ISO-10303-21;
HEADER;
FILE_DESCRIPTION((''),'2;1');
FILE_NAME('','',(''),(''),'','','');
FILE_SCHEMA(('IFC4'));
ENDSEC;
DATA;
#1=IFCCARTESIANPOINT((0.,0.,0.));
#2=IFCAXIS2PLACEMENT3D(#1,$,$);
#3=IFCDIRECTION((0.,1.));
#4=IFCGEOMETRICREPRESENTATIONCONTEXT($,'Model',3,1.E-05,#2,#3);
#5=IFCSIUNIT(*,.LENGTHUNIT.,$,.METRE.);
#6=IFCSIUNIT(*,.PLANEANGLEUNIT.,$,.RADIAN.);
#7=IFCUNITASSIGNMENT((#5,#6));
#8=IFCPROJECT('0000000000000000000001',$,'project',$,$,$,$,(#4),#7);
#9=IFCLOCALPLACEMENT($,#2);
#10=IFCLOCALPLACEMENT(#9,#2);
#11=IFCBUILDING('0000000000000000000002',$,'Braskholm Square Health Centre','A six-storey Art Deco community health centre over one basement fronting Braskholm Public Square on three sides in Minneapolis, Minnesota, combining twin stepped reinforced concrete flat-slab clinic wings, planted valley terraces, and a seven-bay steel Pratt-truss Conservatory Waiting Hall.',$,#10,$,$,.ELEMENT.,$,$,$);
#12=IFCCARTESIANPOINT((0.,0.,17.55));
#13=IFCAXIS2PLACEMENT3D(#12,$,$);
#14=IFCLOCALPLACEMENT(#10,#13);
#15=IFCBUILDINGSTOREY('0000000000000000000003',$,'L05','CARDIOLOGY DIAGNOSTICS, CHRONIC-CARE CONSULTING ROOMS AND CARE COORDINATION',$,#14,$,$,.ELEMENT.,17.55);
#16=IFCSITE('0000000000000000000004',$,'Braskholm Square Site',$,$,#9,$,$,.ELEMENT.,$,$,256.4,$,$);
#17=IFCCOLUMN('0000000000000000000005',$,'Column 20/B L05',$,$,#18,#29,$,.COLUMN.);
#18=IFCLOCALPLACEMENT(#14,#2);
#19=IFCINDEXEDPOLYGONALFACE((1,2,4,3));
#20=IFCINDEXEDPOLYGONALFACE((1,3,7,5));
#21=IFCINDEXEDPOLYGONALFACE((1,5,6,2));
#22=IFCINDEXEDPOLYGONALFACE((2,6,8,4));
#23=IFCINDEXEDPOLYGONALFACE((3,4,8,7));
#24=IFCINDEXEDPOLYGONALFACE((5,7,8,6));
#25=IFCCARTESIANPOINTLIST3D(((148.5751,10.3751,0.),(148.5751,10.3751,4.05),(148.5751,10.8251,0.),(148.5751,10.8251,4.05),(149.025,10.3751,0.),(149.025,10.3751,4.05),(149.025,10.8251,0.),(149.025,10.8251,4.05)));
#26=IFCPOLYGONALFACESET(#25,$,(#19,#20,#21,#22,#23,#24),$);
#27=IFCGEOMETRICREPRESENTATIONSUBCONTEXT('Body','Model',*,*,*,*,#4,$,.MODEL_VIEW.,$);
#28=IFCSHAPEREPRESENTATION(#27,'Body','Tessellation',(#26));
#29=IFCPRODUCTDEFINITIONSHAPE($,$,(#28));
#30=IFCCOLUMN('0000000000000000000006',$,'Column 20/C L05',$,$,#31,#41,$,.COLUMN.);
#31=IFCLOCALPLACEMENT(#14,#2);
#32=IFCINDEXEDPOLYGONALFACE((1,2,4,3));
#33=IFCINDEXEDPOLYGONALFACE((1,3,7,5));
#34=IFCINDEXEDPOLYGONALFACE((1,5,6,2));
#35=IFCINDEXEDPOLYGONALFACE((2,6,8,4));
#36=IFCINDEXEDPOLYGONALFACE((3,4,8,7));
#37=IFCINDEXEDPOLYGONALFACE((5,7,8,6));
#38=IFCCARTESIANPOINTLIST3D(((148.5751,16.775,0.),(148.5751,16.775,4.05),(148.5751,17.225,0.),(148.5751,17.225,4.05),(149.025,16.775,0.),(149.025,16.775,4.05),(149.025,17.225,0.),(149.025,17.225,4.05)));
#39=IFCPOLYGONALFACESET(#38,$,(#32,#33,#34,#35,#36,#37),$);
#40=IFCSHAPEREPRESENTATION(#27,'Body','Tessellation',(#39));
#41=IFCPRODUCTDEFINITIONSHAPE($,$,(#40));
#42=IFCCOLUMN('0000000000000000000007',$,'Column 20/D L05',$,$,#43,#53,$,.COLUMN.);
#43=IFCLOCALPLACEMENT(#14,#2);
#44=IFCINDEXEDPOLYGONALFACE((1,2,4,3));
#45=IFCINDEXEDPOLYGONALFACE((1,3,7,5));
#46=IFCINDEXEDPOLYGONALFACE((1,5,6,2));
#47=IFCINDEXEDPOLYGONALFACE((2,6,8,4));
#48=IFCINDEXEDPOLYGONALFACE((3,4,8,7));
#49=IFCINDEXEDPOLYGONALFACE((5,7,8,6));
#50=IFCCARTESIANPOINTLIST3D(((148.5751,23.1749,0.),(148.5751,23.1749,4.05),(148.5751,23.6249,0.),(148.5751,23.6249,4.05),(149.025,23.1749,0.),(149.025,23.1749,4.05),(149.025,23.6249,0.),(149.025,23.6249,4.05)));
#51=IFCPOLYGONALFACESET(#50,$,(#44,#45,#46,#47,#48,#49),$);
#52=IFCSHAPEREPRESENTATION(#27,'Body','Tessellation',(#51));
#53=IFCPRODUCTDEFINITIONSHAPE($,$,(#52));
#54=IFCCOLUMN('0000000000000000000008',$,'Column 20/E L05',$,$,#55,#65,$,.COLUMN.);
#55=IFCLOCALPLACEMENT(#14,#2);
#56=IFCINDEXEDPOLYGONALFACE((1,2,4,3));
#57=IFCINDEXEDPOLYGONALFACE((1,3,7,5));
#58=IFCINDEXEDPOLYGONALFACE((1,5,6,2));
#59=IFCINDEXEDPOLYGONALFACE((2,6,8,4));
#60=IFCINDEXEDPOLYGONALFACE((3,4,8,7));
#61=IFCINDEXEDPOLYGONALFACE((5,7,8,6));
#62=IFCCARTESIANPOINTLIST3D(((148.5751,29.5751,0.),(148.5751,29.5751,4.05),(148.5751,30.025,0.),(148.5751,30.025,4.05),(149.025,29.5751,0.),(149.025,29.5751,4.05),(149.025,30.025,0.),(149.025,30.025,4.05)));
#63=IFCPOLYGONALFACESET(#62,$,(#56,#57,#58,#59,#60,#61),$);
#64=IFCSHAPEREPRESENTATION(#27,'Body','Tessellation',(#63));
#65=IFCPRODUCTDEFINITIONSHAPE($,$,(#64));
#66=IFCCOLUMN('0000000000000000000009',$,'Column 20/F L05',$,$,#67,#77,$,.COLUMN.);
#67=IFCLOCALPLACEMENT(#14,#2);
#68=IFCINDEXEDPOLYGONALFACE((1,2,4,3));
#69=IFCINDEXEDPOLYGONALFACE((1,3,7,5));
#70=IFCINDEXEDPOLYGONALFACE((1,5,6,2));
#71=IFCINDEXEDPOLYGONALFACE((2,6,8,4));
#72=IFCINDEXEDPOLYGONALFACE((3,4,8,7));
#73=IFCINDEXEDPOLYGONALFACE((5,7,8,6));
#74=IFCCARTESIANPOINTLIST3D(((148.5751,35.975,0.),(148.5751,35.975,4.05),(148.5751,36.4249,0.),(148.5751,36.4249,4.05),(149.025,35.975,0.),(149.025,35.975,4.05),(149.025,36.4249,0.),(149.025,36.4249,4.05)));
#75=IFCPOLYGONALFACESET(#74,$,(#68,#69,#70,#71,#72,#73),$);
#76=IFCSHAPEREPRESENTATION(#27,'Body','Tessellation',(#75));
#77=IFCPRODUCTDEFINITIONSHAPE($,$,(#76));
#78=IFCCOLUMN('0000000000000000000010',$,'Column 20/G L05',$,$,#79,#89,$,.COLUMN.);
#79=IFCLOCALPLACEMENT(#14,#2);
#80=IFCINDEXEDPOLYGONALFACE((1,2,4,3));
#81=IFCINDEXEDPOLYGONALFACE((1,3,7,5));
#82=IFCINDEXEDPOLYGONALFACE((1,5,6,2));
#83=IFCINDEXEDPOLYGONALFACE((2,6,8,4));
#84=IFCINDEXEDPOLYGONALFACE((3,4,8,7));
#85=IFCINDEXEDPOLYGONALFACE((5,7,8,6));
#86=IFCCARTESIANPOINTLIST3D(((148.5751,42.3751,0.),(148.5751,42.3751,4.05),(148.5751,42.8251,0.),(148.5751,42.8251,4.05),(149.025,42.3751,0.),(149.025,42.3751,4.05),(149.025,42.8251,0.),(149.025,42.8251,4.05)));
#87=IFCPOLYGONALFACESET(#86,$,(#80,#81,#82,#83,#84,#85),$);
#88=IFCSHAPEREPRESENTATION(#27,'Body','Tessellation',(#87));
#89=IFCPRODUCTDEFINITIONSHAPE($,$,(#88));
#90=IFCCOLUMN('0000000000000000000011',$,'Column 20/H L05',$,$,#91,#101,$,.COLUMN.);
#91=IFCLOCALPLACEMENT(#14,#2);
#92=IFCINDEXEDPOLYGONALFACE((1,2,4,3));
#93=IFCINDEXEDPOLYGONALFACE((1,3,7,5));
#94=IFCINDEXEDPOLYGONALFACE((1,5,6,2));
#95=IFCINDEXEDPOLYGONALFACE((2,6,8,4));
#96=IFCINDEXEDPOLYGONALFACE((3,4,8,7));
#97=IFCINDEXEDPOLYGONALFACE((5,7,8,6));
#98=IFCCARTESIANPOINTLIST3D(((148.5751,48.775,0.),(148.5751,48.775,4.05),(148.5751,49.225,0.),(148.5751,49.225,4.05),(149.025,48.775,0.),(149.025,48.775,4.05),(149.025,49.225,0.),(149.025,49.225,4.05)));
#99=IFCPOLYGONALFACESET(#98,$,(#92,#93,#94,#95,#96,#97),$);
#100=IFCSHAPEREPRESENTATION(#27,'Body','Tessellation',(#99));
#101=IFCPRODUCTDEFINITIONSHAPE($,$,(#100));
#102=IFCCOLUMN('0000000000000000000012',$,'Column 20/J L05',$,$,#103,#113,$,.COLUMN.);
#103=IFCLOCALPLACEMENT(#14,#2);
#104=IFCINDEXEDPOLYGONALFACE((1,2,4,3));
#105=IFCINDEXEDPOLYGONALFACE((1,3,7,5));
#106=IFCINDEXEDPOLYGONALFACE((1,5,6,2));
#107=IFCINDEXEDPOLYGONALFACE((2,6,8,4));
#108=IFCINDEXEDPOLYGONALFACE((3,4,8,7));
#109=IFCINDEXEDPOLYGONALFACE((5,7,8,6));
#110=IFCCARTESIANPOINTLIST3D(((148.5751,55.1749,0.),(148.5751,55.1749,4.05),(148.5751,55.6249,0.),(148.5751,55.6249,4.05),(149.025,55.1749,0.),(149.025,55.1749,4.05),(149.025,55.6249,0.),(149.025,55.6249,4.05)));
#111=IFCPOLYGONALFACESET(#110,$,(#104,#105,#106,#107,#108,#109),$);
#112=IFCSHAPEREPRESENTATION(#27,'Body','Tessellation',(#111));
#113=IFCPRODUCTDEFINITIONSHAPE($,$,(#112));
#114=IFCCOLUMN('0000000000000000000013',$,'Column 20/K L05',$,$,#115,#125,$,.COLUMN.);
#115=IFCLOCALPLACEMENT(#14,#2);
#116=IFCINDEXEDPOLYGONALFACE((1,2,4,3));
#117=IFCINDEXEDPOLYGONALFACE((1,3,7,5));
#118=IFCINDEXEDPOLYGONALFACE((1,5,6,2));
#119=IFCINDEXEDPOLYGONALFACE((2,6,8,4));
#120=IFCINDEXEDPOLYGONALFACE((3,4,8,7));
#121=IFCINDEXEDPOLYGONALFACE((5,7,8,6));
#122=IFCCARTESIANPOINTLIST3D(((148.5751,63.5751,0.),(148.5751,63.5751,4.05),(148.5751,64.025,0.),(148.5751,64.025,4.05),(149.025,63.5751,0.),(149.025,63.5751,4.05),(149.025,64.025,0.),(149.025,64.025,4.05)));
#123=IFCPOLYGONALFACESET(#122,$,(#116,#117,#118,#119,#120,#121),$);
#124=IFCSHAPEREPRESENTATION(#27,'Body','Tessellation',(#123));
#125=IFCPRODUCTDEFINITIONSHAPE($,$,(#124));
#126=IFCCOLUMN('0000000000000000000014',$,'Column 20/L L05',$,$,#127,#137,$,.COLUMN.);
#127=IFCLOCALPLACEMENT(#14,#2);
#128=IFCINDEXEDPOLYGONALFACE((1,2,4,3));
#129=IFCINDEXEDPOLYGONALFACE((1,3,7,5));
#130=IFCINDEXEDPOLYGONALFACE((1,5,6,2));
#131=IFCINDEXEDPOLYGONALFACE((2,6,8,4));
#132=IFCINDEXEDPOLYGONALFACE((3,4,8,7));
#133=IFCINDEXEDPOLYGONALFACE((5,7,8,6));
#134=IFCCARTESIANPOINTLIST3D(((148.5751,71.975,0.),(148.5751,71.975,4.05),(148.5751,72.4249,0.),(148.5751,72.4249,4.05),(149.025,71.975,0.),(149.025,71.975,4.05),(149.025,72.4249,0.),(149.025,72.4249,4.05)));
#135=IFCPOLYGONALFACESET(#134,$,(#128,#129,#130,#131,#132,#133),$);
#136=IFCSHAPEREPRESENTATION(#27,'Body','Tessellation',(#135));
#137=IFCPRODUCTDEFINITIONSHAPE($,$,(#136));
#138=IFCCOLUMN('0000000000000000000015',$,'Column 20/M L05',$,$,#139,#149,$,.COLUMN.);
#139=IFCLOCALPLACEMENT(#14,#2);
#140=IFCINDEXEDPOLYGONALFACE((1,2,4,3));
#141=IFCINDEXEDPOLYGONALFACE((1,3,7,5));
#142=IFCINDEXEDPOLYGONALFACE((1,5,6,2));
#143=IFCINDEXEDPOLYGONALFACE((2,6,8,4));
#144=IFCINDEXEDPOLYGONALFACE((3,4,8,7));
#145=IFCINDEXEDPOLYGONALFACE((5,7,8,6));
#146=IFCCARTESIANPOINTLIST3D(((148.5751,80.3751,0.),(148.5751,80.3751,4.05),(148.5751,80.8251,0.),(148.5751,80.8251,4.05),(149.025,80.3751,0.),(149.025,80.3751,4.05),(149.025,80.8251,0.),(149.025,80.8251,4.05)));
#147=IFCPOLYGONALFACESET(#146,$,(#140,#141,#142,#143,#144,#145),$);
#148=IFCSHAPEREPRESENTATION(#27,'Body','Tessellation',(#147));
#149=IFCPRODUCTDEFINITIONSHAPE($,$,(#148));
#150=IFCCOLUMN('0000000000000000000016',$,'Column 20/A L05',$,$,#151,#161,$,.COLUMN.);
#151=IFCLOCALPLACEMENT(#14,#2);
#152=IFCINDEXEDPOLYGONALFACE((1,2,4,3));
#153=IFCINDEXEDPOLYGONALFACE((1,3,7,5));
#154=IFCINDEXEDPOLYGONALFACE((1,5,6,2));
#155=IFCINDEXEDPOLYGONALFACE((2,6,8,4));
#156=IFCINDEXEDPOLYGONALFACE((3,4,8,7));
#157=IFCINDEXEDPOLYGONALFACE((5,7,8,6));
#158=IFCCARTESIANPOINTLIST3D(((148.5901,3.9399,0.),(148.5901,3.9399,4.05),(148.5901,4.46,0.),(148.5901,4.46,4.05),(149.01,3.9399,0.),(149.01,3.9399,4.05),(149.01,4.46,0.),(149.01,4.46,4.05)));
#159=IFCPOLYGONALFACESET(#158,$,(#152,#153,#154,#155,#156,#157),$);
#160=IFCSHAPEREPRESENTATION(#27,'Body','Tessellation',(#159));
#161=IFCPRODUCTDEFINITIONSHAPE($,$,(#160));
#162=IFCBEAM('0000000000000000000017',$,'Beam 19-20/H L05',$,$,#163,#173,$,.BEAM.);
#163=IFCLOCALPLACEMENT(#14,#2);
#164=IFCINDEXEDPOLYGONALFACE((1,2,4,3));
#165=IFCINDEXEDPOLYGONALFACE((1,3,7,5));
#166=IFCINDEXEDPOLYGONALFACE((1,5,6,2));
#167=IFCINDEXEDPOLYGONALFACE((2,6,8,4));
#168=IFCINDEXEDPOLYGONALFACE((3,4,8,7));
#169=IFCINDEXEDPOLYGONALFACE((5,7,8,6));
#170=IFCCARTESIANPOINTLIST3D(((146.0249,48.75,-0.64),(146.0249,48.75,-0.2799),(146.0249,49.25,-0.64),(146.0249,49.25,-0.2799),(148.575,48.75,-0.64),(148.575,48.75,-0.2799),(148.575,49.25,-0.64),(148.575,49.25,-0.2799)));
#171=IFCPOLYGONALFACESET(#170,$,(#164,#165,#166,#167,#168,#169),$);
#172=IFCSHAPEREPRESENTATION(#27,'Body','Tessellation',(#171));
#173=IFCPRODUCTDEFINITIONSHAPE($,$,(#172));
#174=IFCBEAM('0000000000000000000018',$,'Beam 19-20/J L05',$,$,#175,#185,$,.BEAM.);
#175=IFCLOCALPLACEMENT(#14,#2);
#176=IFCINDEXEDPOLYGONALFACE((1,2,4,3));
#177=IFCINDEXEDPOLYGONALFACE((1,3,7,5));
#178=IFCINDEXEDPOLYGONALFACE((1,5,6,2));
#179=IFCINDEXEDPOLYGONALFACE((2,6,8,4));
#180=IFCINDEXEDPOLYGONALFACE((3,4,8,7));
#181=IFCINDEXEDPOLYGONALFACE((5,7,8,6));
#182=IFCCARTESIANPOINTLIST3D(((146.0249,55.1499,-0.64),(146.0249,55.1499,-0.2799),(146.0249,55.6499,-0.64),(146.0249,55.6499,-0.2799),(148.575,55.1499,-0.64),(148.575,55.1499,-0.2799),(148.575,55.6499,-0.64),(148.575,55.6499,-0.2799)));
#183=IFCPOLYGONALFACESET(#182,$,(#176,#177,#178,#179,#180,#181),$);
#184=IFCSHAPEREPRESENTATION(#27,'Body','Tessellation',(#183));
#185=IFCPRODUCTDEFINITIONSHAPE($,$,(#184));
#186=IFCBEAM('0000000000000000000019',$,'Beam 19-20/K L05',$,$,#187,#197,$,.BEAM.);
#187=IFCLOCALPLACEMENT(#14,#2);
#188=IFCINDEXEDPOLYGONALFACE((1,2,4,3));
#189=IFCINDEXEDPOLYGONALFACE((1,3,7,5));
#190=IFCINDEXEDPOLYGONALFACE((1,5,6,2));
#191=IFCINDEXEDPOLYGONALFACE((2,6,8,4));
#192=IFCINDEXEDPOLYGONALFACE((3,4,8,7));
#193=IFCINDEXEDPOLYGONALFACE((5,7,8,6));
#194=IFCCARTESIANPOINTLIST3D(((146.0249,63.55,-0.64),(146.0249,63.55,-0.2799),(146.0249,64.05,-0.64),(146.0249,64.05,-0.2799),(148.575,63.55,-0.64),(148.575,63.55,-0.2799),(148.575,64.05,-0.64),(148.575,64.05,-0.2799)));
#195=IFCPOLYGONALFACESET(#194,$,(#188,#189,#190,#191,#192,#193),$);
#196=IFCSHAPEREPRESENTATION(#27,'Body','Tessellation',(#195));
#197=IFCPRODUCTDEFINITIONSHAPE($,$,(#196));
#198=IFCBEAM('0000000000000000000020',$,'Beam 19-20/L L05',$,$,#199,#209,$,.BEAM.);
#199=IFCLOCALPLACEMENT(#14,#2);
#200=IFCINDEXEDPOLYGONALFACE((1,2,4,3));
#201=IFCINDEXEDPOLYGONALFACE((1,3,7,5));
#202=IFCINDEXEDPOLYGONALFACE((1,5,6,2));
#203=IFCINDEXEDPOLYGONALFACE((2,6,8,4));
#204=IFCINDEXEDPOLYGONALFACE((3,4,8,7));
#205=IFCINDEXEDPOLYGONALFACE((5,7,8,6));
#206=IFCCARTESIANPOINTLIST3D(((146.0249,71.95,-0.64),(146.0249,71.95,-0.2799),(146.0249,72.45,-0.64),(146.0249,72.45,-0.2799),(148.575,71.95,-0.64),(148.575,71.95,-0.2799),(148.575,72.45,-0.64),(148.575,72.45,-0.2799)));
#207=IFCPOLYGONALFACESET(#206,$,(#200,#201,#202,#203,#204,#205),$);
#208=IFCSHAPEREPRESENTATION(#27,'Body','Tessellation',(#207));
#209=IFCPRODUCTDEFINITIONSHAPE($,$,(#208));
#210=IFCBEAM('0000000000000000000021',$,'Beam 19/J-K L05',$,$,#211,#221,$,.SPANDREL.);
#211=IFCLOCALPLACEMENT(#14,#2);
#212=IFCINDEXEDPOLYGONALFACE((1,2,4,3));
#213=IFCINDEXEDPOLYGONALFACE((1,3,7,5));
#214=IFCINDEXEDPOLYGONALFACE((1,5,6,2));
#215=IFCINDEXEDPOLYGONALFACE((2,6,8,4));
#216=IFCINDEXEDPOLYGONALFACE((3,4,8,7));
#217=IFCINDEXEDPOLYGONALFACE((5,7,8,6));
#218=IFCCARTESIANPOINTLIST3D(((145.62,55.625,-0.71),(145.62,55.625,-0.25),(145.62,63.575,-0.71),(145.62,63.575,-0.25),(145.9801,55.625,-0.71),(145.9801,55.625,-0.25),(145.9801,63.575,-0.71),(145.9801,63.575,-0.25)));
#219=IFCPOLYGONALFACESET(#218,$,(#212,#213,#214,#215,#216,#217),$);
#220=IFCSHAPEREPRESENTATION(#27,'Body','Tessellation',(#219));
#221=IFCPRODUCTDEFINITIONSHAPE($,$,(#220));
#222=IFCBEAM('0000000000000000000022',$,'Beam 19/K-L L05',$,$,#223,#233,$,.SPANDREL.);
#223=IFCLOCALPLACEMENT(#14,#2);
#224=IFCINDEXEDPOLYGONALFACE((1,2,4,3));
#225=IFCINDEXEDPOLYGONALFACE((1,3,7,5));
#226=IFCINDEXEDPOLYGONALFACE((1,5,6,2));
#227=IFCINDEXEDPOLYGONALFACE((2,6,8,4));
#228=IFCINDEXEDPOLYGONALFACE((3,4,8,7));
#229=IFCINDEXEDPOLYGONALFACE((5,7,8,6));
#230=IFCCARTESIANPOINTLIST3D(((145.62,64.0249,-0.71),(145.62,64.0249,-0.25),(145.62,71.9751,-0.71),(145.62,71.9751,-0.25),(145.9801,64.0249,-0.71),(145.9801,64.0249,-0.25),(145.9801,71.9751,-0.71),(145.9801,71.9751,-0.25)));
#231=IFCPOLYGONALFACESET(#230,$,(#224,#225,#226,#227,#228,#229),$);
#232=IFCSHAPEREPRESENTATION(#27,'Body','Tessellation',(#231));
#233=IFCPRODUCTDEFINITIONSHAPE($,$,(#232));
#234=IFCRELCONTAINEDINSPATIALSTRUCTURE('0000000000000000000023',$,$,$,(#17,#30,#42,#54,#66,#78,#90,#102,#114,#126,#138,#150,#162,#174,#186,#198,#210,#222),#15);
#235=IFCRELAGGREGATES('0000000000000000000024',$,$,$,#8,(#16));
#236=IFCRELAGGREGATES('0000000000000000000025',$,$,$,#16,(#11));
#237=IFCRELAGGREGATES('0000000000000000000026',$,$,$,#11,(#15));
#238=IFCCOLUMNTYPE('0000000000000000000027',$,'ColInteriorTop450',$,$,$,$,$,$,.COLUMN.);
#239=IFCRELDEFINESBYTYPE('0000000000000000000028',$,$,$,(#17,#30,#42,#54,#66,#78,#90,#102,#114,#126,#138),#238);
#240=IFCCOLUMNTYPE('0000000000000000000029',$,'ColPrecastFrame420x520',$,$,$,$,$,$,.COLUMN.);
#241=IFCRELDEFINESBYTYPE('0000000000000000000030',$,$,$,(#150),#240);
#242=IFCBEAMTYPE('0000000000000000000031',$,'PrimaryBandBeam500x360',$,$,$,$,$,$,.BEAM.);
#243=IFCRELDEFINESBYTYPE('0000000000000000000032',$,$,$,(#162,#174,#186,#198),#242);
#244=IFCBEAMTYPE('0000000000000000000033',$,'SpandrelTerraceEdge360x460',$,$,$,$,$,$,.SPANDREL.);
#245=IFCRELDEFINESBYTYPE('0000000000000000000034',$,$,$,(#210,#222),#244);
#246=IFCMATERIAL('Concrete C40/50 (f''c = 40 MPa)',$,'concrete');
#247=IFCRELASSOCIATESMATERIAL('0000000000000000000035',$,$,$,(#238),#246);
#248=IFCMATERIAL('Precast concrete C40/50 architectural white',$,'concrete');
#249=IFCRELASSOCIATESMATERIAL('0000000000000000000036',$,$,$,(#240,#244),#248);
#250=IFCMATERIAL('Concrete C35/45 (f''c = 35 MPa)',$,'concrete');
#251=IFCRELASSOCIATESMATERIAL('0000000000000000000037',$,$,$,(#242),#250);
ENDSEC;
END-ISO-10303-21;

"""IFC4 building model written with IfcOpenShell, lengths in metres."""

from ifc_helpers import new_model, si_unit, direction, frame, origin, origin_2d, place, context, subcontext, project, spatial, rectangle, extrude, material, material_profile, profile_set, type_object, element, save


model = new_model("IFC4")

# Units and contexts
model_context = context("Model", 3, precision=1e-05, world=origin(), true_north=direction((0.0, 1.0)))
body_context = subcontext(model_context, "Body", "Model", "MODEL_VIEW")
ifc_project = project(units=[si_unit("LENGTHUNIT", "METRE"), si_unit("PLANEANGLEUNIT", "RADIAN")], contexts=[model_context])

# Site, building, storey
site_placement = place(None, origin())
site = spatial("IfcSite", under=ifc_project, at=site_placement, Name="Braskholm Square Site", CompositionType="ELEMENT", RefElevation=256.4)
building_placement = place(site_placement, origin())
building = spatial("IfcBuilding", under=site, at=building_placement, Name="Braskholm Square Health Centre", Description="A six-storey Art Deco community health centre over one basement fronting Braskholm Public Square on three sides in Minneapolis, Minnesota, combining twin stepped reinforced concrete flat-slab clinic wings, planted valley terraces, and a seven-bay steel Pratt-truss Conservatory Waiting Hall.", CompositionType="ELEMENT")
storey_placement = place(building_placement, frame((0.0, 0.0, 17.55)))
storey = spatial("IfcBuildingStorey", under=building, at=storey_placement, Name="L05", Description="CARDIOLOGY DIAGNOSTICS, CHRONIC-CARE CONSULTING ROOMS AND CARE COORDINATION", CompositionType="ELEMENT", Elevation=17.55)

# Columns
ifc_material_1 = material(Name="Concrete C40/50 (f'c = 40 MPa)", Category="concrete")
ifc_material_profile_1 = material_profile(ifc_material_1, rectangle(XDim=0.45, YDim=0.45, at=origin_2d()), Name="RC-450X450")
ifc_profile_set_1 = profile_set([ifc_material_profile_1], Name="Concrete C40/50 (f'c = 40 MPa)")
column_type_1 = type_object("IfcColumnType", Name="ColInteriorTop450", PredefinedType="COLUMN", material=ifc_profile_set_1)
for number, where, z_axis, x_axis, name in (
    (1, (148.8, 10.6001, 0.0), (0.0, 0.0, 1.0), (1.0, 0.0, 0.0), "Column 20/B L05"),
    (2, (148.8, 17.0, 0.0), (0.0, 0.0, 1.0), (1.0, 0.0, 0.0), "Column 20/C L05"),
    (3, (148.8, 23.3999, 0.0), (0.0, 0.0, 1.0), (1.0, 0.0, 0.0), "Column 20/D L05"),
    (4, (148.8, 29.8, 0.0), (0.0, 0.0, 1.0), (1.0, 0.0, 0.0), "Column 20/E L05"),
    (5, (148.8, 36.2, 0.0), (0.0, 0.0, 1.0), (1.0, 0.0, 0.0), "Column 20/F L05"),
    (6, (148.8, 42.6001, 0.0), (0.0, 0.0, 1.0), (1.0, 0.0, 0.0), "Column 20/G L05"),
    (7, (148.8, 49.0, 0.0), (0.0, 0.0, 1.0), (1.0, 0.0, 0.0), "Column 20/H L05"),
    (8, (148.8, 55.3999, 0.0), (0.0, 0.0, 1.0), (1.0, 0.0, 0.0), "Column 20/J L05"),
    (9, (148.8, 63.8, 0.0), (0.0, 0.0, 1.0), (1.0, 0.0, 0.0), "Column 20/K L05"),
    (10, (148.8, 72.2, 0.0), (0.0, 0.0, 1.0), (1.0, 0.0, 0.0), "Column 20/L L05"),
    (11, (148.8, 80.6001, 0.0), (0.0, 0.0, 1.0), (1.0, 0.0, 0.0), "Column 20/M L05"),
):
    element("IfcColumn", number, at=place(storey_placement, frame(where, z_axis=z_axis, x_axis=x_axis)), inside=storey, type_object=column_type_1, Name=name, PredefinedType="COLUMN", context=body_context, shape_type="SweptSolid", body=[
        extrude(rectangle(XDim=0.45, YDim=0.45, at=origin_2d()), origin(), (0.0, 0.0, 1.0), 4.05),
    ])
ifc_material_2 = material(Name="Precast concrete C40/50 architectural white", Category="concrete")
ifc_material_profile_2 = material_profile(ifc_material_2, rectangle(XDim=0.4199, YDim=0.52, at=origin_2d()), Name="RC-420X520")
ifc_profile_set_2 = profile_set([ifc_material_profile_2], Name="Precast concrete C40/50 architectural white")
column_type_2 = type_object("IfcColumnType", Name="ColPrecastFrame420x520", PredefinedType="COLUMN", material=ifc_profile_set_2)
column_placement = place(storey_placement, frame((148.8, 4.2, 0.0), z_axis=(0.0, 0.0, 1.0), x_axis=(1.0, 0.0, 0.0)))
element("IfcColumn", 12, at=column_placement, inside=storey, type_object=column_type_2, Name="Column 20/A L05", PredefinedType="COLUMN", context=body_context, shape_type="SweptSolid", body=[
    extrude(rectangle(XDim=0.4199, YDim=0.52, at=origin_2d()), origin(), (0.0, 0.0, 1.0), 4.05),
])

# Beams
ifc_material_3 = material(Name="Concrete C35/45 (f'c = 35 MPa)", Category="concrete")
ifc_material_profile_3 = material_profile(ifc_material_3, rectangle(XDim=0.5, YDim=0.3601, at=origin_2d()), Name="RCB-500X360")
ifc_profile_set_3 = profile_set([ifc_material_profile_3], Name="Concrete C35/45 (f'c = 35 MPa)")
beam_type_1 = type_object("IfcBeamType", Name="PrimaryBandBeam500x360", PredefinedType="BEAM", material=ifc_profile_set_3)
for number, where, z_axis, x_axis, name in (
    (13, (146.0249, 49.0, -0.46), (1.0, 0.0, 0.0), (0.0, 1.0, 0.0), "Beam 19-20/H L05"),
    (14, (146.0249, 55.3999, -0.46), (1.0, 0.0, 0.0), (0.0, 1.0, 0.0), "Beam 19-20/J L05"),
    (15, (146.0249, 63.8, -0.46), (1.0, 0.0, 0.0), (0.0, 1.0, 0.0), "Beam 19-20/K L05"),
    (16, (146.0249, 72.2, -0.46), (1.0, 0.0, 0.0), (0.0, 1.0, 0.0), "Beam 19-20/L L05"),
):
    element("IfcBeam", number, at=place(storey_placement, frame(where, z_axis=z_axis, x_axis=x_axis)), inside=storey, type_object=beam_type_1, Name=name, PredefinedType="BEAM", context=body_context, shape_type="SweptSolid", body=[
        extrude(rectangle(XDim=0.5, YDim=0.3601, at=origin_2d()), origin(), (0.0, 0.0, 1.0), 2.55),
    ])
ifc_material_profile_4 = material_profile(ifc_material_2, rectangle(XDim=0.3601, YDim=0.46, at=origin_2d()), Name="RCB-360X460")
ifc_profile_set_4 = profile_set([ifc_material_profile_4], Name="Precast concrete C40/50 architectural white")
beam_type_2 = type_object("IfcBeamType", Name="SpandrelTerraceEdge360x460", PredefinedType="SPANDREL", material=ifc_profile_set_4)
beam_1_placement = place(storey_placement, frame((145.8, 55.625, -0.48), z_axis=(0.0, 1.0, 0.0), x_axis=(-1.0, 0.0, 0.0)))
element("IfcBeam", 17, at=beam_1_placement, inside=storey, type_object=beam_type_2, Name="Beam 19/J-K L05", PredefinedType="SPANDREL", context=body_context, shape_type="SweptSolid", body=[
    extrude(rectangle(XDim=0.3601, YDim=0.46, at=origin_2d()), origin(), (0.0, 0.0, 1.0), 7.95),
])
beam_2_placement = place(storey_placement, frame((145.8, 64.0249, -0.48), z_axis=(0.0, 1.0, 0.0), x_axis=(-1.0, 0.0, 0.0)))
element("IfcBeam", 18, at=beam_2_placement, inside=storey, type_object=beam_type_2, Name="Beam 19/K-L L05", PredefinedType="SPANDREL", context=body_context, shape_type="SweptSolid", body=[
    extrude(rectangle(XDim=0.3601, YDim=0.46, at=origin_2d()), origin(), (0.0, 0.0, 1.0), 7.9502),
])

save(model, "model.ifc")
